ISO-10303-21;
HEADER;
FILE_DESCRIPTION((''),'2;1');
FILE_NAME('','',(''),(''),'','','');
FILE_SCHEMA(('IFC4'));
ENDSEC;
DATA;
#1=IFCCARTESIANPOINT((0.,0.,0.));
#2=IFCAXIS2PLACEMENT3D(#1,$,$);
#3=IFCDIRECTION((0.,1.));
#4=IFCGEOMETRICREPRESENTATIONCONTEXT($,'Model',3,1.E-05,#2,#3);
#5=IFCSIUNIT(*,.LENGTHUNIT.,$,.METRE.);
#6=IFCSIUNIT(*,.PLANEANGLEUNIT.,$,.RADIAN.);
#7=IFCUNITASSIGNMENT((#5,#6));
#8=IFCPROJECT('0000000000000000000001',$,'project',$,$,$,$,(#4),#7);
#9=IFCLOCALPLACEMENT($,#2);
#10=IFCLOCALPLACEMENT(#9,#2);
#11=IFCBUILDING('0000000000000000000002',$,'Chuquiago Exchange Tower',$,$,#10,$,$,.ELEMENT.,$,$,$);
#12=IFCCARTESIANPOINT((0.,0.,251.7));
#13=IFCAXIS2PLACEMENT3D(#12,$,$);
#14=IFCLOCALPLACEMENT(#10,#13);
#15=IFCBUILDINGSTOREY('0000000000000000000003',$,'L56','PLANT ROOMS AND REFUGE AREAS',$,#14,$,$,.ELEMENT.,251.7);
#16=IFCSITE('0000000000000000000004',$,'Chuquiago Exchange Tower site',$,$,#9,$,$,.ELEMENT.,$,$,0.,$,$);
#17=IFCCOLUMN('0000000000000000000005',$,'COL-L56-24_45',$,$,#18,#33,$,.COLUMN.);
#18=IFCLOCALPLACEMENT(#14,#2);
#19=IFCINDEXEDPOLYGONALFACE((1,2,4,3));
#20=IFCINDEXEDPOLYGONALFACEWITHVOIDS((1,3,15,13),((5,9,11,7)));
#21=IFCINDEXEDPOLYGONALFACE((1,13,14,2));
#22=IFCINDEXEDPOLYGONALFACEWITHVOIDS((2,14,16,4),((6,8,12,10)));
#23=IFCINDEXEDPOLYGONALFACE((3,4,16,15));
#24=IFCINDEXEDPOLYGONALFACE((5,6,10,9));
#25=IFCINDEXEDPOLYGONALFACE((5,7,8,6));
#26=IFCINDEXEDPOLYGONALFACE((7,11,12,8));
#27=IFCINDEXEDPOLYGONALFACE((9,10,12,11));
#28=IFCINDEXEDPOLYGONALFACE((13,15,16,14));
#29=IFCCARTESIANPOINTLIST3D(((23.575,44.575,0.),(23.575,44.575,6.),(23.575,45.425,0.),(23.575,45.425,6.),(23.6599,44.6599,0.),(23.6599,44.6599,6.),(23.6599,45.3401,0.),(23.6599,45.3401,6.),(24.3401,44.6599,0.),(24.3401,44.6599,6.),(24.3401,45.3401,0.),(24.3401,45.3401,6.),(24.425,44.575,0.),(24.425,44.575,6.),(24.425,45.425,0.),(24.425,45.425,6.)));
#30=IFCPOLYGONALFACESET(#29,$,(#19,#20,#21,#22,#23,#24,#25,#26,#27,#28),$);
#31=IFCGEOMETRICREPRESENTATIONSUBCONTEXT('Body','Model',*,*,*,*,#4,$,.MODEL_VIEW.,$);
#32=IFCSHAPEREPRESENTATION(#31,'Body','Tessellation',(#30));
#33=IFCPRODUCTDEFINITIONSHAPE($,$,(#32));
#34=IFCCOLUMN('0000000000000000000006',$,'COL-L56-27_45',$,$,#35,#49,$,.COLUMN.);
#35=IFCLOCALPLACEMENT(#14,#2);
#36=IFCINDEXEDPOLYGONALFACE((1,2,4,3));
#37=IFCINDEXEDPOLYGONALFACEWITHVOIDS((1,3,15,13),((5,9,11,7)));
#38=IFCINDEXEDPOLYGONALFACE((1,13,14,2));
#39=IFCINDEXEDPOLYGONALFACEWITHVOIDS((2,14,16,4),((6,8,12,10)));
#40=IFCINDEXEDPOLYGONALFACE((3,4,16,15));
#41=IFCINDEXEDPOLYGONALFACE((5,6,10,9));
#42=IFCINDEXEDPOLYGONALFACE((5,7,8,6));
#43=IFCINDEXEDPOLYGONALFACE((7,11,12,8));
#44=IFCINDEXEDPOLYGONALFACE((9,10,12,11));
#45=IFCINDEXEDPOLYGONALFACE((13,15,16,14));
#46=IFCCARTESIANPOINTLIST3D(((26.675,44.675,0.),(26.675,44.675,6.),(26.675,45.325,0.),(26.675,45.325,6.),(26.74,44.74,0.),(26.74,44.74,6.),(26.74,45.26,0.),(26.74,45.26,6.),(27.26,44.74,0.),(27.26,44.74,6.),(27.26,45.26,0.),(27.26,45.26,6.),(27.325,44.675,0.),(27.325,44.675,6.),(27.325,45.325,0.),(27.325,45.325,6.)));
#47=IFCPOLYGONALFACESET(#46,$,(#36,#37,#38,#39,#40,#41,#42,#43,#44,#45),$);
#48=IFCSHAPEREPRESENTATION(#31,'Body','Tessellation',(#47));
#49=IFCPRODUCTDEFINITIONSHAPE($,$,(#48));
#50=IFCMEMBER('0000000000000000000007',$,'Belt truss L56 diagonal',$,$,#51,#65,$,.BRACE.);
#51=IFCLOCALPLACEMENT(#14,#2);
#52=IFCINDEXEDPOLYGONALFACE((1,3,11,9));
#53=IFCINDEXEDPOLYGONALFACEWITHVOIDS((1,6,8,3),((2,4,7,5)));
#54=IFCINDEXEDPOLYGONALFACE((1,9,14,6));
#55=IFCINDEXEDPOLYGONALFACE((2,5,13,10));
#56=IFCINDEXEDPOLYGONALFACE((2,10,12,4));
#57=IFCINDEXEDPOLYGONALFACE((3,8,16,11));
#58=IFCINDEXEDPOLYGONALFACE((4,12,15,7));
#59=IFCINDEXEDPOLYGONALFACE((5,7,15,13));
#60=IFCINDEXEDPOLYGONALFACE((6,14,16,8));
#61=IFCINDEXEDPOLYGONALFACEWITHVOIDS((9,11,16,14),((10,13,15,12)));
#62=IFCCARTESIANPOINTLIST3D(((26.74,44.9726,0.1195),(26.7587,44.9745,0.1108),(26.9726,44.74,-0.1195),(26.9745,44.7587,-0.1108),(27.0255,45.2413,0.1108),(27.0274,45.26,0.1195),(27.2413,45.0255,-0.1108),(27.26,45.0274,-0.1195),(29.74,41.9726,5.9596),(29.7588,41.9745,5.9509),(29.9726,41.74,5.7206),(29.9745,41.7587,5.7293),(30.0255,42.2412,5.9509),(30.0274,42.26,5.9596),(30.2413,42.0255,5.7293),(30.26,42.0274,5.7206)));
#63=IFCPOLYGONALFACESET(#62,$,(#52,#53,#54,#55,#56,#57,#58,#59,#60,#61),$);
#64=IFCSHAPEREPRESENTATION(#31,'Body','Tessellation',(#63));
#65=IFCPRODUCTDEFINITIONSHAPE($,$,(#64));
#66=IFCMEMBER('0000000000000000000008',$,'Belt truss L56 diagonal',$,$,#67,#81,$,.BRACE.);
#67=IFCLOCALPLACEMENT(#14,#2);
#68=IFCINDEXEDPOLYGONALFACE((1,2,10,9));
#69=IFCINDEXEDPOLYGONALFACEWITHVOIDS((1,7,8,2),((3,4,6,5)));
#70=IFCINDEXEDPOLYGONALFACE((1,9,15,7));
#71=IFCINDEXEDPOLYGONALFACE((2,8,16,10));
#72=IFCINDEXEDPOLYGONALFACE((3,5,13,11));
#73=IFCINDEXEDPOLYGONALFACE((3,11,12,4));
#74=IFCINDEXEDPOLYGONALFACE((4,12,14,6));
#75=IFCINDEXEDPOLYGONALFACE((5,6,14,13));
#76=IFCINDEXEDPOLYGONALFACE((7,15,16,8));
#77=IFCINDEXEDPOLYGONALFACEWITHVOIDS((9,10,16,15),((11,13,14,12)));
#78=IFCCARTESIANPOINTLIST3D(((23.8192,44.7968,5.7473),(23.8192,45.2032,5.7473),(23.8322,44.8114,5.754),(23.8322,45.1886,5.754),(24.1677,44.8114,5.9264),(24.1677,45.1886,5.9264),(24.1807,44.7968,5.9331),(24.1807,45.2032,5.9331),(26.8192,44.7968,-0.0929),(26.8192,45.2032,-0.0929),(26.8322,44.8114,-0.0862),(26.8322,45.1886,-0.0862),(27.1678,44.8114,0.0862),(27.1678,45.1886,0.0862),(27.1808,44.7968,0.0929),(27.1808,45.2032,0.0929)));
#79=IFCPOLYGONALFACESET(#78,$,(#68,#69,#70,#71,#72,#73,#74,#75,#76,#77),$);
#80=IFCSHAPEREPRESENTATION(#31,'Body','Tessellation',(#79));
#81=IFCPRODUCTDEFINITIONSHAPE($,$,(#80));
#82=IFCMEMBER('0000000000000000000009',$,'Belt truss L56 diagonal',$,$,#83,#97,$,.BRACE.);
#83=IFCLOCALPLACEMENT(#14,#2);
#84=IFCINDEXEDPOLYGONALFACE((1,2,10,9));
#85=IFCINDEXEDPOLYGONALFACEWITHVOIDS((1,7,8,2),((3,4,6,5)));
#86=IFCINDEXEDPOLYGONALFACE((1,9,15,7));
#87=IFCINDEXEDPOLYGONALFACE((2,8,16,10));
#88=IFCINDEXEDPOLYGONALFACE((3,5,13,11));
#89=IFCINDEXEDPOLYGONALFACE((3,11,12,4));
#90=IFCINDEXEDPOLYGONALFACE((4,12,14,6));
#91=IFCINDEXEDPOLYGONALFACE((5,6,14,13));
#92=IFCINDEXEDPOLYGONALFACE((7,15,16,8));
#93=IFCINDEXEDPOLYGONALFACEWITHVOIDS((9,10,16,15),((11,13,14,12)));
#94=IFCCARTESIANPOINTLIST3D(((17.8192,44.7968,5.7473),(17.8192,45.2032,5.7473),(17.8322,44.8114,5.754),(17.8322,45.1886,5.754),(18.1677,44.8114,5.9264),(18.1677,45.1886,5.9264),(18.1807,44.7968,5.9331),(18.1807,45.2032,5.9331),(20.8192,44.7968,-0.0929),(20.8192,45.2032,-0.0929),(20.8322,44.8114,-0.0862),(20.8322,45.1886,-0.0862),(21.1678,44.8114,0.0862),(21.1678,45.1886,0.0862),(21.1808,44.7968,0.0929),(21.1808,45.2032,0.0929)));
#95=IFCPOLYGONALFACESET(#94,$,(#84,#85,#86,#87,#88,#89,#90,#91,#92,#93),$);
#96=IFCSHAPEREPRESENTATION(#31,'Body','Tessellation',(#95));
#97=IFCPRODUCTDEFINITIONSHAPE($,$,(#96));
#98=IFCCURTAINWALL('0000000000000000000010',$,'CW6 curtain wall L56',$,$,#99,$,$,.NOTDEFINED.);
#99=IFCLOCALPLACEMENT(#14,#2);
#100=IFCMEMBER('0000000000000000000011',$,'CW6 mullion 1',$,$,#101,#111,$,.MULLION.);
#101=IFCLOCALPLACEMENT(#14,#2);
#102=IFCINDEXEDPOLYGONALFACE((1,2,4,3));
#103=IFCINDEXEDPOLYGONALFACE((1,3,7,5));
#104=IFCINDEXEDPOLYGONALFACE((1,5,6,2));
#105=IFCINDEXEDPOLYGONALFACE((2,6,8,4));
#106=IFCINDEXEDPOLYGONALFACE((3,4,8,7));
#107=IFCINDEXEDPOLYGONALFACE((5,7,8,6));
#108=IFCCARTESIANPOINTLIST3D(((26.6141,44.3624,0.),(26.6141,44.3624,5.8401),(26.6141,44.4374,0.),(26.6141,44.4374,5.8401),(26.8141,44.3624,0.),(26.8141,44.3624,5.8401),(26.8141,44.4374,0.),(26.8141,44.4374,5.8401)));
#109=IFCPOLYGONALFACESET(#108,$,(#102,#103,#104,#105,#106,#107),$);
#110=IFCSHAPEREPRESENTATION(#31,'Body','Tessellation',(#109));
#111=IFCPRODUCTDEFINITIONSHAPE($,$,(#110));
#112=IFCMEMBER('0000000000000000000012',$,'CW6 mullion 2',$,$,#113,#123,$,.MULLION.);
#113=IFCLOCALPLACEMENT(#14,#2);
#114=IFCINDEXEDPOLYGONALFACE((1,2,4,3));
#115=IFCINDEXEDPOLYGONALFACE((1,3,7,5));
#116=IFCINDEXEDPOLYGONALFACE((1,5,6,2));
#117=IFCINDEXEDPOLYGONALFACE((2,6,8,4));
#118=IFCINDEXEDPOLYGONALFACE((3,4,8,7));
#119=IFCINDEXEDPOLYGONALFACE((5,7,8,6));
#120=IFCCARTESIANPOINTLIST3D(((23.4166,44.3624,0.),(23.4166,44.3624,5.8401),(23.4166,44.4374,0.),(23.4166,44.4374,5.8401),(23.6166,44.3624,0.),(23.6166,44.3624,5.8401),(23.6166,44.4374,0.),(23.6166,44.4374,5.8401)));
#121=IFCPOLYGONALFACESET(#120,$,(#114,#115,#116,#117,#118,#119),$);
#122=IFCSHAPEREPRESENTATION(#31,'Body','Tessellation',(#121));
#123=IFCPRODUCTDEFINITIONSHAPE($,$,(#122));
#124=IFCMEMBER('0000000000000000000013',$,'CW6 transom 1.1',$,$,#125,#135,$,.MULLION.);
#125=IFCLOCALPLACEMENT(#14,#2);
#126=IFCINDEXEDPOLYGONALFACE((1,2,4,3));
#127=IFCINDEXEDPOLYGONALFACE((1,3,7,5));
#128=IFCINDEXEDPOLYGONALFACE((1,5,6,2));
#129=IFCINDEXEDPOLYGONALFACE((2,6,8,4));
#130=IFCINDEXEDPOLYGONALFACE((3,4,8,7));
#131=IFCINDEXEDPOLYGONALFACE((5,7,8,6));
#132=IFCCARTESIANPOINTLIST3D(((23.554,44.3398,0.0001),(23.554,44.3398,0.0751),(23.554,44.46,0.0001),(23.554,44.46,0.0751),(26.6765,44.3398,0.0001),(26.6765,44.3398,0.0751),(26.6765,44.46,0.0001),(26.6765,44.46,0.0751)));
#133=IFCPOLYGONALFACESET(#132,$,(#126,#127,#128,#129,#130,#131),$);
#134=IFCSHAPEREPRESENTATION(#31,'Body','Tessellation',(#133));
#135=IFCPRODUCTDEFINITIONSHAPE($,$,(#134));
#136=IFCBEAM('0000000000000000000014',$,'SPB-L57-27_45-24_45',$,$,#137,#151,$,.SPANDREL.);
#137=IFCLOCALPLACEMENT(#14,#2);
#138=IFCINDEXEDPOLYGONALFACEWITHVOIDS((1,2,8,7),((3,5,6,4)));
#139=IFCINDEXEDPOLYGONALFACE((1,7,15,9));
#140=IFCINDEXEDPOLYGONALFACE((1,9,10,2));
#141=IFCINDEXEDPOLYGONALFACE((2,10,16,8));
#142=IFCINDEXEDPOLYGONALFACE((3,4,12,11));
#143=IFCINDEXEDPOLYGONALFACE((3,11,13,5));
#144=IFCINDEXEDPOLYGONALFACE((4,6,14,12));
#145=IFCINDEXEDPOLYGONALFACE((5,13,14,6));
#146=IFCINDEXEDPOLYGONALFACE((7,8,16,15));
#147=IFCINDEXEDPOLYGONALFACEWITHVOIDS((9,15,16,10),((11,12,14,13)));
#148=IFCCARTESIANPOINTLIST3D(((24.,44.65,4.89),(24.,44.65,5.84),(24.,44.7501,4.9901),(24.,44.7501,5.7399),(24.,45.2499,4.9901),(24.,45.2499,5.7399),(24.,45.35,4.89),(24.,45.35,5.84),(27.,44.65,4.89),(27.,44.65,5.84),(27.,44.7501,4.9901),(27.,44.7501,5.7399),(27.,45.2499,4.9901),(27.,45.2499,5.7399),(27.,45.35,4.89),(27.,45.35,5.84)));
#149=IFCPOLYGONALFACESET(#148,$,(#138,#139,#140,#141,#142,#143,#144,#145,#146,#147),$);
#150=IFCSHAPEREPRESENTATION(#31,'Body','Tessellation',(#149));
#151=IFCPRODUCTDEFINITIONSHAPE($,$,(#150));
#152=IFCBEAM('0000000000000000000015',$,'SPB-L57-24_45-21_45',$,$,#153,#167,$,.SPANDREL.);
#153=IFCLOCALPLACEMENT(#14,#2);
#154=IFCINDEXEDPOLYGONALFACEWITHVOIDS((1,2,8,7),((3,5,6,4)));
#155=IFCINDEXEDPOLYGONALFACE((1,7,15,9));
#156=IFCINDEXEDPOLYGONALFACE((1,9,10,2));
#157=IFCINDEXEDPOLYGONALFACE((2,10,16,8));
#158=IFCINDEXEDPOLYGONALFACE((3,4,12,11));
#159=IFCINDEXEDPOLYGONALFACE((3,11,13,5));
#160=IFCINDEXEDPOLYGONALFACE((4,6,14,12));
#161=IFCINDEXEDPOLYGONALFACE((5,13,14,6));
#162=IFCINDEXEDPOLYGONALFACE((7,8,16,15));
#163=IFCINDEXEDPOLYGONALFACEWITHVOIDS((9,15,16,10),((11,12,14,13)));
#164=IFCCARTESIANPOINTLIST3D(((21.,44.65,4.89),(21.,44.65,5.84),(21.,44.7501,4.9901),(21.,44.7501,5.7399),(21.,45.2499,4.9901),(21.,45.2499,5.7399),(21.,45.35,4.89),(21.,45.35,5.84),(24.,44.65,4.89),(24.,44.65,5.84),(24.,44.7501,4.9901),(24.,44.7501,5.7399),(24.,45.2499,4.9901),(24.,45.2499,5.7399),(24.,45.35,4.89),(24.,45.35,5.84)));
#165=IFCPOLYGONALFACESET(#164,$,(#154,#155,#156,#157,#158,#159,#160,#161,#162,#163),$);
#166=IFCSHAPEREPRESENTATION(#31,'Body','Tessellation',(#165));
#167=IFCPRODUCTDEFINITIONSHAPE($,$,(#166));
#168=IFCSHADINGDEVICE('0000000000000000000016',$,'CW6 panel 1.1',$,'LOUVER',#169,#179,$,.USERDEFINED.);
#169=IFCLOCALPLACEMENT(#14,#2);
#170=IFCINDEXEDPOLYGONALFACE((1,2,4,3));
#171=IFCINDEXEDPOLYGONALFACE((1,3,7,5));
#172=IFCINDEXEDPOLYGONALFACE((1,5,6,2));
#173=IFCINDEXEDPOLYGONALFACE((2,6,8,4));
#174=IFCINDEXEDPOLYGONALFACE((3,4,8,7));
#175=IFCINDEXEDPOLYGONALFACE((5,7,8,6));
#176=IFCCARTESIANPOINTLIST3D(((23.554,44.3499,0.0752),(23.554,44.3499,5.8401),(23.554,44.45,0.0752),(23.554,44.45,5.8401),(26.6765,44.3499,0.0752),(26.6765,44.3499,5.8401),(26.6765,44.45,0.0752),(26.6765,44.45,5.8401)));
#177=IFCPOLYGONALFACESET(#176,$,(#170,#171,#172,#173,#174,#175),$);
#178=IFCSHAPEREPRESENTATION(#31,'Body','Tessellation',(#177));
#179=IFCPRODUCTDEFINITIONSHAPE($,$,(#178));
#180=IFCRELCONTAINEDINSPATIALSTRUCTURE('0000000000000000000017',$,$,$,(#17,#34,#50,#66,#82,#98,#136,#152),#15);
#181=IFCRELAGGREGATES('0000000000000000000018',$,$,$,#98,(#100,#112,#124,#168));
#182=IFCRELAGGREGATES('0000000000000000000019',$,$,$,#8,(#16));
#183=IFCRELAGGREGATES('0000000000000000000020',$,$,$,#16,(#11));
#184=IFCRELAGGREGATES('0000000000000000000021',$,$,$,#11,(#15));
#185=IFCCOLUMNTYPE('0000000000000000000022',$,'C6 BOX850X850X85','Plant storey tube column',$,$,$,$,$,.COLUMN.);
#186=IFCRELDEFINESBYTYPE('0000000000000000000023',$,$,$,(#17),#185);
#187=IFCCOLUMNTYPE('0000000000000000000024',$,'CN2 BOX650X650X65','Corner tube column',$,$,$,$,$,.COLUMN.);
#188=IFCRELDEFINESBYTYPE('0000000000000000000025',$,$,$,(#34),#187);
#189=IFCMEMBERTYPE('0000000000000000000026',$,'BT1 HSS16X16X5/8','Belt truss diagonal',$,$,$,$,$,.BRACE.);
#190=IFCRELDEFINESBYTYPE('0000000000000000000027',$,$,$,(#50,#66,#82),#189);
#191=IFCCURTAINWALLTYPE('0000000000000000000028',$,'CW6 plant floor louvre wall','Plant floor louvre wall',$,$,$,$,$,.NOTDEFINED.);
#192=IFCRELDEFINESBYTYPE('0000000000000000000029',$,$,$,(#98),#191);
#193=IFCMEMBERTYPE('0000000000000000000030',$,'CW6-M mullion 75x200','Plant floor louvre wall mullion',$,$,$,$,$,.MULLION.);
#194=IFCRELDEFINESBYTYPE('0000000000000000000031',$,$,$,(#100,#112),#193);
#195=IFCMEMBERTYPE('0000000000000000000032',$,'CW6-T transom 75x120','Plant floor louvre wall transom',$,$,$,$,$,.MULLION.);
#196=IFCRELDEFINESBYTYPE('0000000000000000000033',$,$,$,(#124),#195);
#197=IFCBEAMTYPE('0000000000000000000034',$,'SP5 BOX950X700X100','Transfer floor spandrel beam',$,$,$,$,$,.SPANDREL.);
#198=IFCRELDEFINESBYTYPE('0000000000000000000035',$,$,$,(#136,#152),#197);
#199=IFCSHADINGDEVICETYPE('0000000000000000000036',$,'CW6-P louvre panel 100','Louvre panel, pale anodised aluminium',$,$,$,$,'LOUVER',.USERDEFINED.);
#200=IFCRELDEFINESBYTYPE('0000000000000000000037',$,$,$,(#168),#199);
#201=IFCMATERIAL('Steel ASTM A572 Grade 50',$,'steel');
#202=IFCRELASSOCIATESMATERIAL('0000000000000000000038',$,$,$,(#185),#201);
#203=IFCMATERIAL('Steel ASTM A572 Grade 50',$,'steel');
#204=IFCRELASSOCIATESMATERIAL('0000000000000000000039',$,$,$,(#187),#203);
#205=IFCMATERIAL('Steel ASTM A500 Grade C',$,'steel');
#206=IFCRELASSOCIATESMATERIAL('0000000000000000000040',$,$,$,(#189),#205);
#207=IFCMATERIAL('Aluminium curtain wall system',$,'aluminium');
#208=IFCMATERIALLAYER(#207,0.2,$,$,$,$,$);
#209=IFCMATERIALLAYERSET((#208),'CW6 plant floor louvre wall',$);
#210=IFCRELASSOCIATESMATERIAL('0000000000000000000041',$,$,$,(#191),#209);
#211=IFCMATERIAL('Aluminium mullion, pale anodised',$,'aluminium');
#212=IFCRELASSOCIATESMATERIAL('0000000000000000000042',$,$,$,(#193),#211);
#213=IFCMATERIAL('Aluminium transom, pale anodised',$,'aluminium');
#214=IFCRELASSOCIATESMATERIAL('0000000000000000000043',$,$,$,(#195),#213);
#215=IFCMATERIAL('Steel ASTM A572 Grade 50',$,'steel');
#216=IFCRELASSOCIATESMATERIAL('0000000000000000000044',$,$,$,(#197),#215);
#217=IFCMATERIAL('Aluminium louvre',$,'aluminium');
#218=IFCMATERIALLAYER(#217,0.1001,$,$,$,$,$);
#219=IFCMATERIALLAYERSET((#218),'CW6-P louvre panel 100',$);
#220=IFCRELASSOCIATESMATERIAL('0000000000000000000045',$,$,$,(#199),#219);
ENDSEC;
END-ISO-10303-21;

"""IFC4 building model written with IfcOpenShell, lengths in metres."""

from ifc_helpers import new_model, si_unit, direction, frame, origin, origin_2d, place, context, subcontext, project, spatial, rectangle, hollow_rectangle, extrude, material, layer, layer_set, material_profile, profile_set, type_object, element, aggregate, save


model = new_model("IFC4")

# Units and contexts
model_context = context("Model", 3, precision=1e-05, world=origin(), true_north=direction((0.0, 1.0)))
body_context = subcontext(model_context, "Body", "Model", "MODEL_VIEW")
ifc_project = project(units=[si_unit("LENGTHUNIT", "METRE"), si_unit("PLANEANGLEUNIT", "RADIAN")], contexts=[model_context])

# Site, building, storey
site_placement = place(None, origin())
site = spatial("IfcSite", under=ifc_project, at=site_placement, Name="Chuquiago Exchange Tower site", CompositionType="ELEMENT", RefElevation=0.0)
building_placement = place(site_placement, origin())
building = spatial("IfcBuilding", under=site, at=building_placement, Name="Chuquiago Exchange Tower", CompositionType="ELEMENT")
storey_placement = place(building_placement, frame((0.0, 0.0, 251.7)))
storey = spatial("IfcBuildingStorey", under=building, at=storey_placement, Name="L56", Description="PLANT ROOMS AND REFUGE AREAS", CompositionType="ELEMENT", Elevation=251.7)

# Columns
ifc_material_1 = material(Name="Steel ASTM A572 Grade 50", Category="steel")
ifc_material_profile_1 = material_profile(ifc_material_1, hollow_rectangle(XDim=0.8501, YDim=0.8501, WallThickness=0.085, at=origin_2d()), Name="BOX850X850X85")
ifc_profile_set_1 = profile_set([ifc_material_profile_1], Name="Steel ASTM A572 Grade 50")
column_type_1 = type_object("IfcColumnType", Name="C6 BOX850X850X85", Description="Plant storey tube column", PredefinedType="COLUMN", material=ifc_profile_set_1)
column_1_placement = place(storey_placement, frame((24.0, 45.0, 0.0), z_axis=(0.0, 0.0, 1.0), x_axis=(0.0, 1.0, 0.0)))
element("IfcColumn", 1, at=column_1_placement, inside=storey, type_object=column_type_1, Name="COL-L56-24_45", PredefinedType="COLUMN", context=body_context, shape_type="SweptSolid", body=[
    extrude(hollow_rectangle(XDim=0.8501, YDim=0.8501, WallThickness=0.085, at=origin_2d()), origin(), (0.0, 0.0, 1.0), 6.0),
])
ifc_material_2 = material(Name="Steel ASTM A572 Grade 50", Category="steel")
ifc_material_profile_2 = material_profile(ifc_material_2, hollow_rectangle(XDim=0.6499, YDim=0.6499, WallThickness=0.0649, at=origin_2d()), Name="BOX650X650X65")
ifc_profile_set_2 = profile_set([ifc_material_profile_2], Name="Steel ASTM A572 Grade 50")
column_type_2 = type_object("IfcColumnType", Name="CN2 BOX650X650X65", Description="Corner tube column", PredefinedType="COLUMN", material=ifc_profile_set_2)
column_2_placement = place(storey_placement, frame((27.0, 45.0, 0.0), z_axis=(0.0, 0.0, 1.0), x_axis=(0.0, 1.0, 0.0)))
element("IfcColumn", 2, at=column_2_placement, inside=storey, type_object=column_type_2, Name="COL-L56-27_45", PredefinedType="COLUMN", context=body_context, shape_type="SweptSolid", body=[
    extrude(hollow_rectangle(XDim=0.6499, YDim=0.6499, WallThickness=0.0649, at=origin_2d()), origin(), (0.0, 0.0, 1.0), 6.0),
])

# Members
ifc_material_3 = material(Name="Steel ASTM A500 Grade C", Category="steel")
ifc_material_profile_3 = material_profile(ifc_material_3, hollow_rectangle(XDim=0.4065, YDim=0.4065, WallThickness=0.0146, at=origin_2d()), Name="HSS16X16X5/8")
ifc_profile_set_3 = profile_set([ifc_material_profile_3], Name="Steel ASTM A500 Grade C")
member_type_1 = type_object("IfcMemberType", Name="BT1 HSS16X16X5/8", Description="Belt truss diagonal", PredefinedType="BRACE", material=ifc_profile_set_3)
member_1_placement = place(storey_placement, frame((27.0, 45.0, 0.0), z_axis=(0.415599, -0.415599, 0.809045), x_axis=(0.707107, 0.707107, 0.0)))
element("IfcMember", 3, at=member_1_placement, inside=storey, type_object=member_type_1, Name="Belt truss L56 diagonal", PredefinedType="BRACE", context=body_context, shape_type="SweptSolid", body=[
    extrude(hollow_rectangle(XDim=0.4065, YDim=0.4065, WallThickness=0.0146, at=origin_2d()), origin(), (0.0, 0.0, 1.0), 7.2185),
])
for number, where, z_axis, x_axis, name in (
    (4, (27.0, 45.0, 0.0), (-0.45693, 0.0, 0.889503), (0.0, -1.0, 0.0), "Belt truss L56 diagonal"),
    (5, (21.0, 45.0, 0.0), (-0.45693, 0.0, 0.889503), (0.0, -1.0, 0.0), "Belt truss L56 diagonal"),
):
    element("IfcMember", number, at=place(storey_placement, frame(where, z_axis=z_axis, x_axis=x_axis)), inside=storey, type_object=member_type_1, Name=name, PredefinedType="BRACE", context=body_context, shape_type="SweptSolid", body=[
        extrude(hollow_rectangle(XDim=0.4065, YDim=0.4065, WallThickness=0.0146, at=origin_2d()), origin(), (0.0, 0.0, 1.0), 6.5657),
    ])

# Curtain wall, members
ifc_material_4 = material(Name="Aluminium curtain wall system", Category="aluminium")
ifc_layer_1 = layer(ifc_material_4, 0.2)
ifc_layer_set_1 = layer_set([ifc_layer_1], Name="CW6 plant floor louvre wall")
curtain_wall_type = type_object("IfcCurtainWallType", Name="CW6 plant floor louvre wall", Description="Plant floor louvre wall", PredefinedType="NOTDEFINED", material=ifc_layer_set_1)
curtain_wall_placement = place(storey_placement, origin())
curtain_wall = element("IfcCurtainWall", 6, at=curtain_wall_placement, inside=storey, type_object=curtain_wall_type, Name="CW6 curtain wall L56", PredefinedType="NOTDEFINED")
ifc_material_5 = material(Name="Aluminium mullion, pale anodised", Category="aluminium")
ifc_material_profile_4 = material_profile(ifc_material_5, rectangle(XDim=0.075, YDim=0.2, at=origin_2d()), Name="AL 75x200")
ifc_profile_set_4 = profile_set([ifc_material_profile_4], Name="Aluminium mullion, pale anodised")
member_type_2 = type_object("IfcMemberType", Name="CW6-M mullion 75x200", Description="Plant floor louvre wall mullion", PredefinedType="MULLION", material=ifc_profile_set_4)
member_2_placement = place(storey_placement, frame((26.7141, 44.3999, 0.0), z_axis=(0.0, 0.0, 1.0), x_axis=(0.0, -1.0, 0.0)))
member_2 = element("IfcMember", 7, at=member_2_placement, type_object=member_type_2, Name="CW6 mullion 1", PredefinedType="MULLION", context=body_context, shape_type="SweptSolid", body=[
    extrude(rectangle(XDim=0.075, YDim=0.2, at=origin_2d()), origin(), (0.0, 0.0, 1.0), 5.8401),
])
member_3_placement = place(storey_placement, frame((23.5166, 44.3999, 0.0), z_axis=(0.0, 0.0, 1.0), x_axis=(0.0, -1.0, 0.0)))
member_3 = element("IfcMember", 8, at=member_3_placement, type_object=member_type_2, Name="CW6 mullion 2", PredefinedType="MULLION", context=body_context, shape_type="SweptSolid", body=[
    extrude(rectangle(XDim=0.075, YDim=0.2, at=origin_2d()), origin(), (0.0, 0.0, 1.0), 5.8401),
])
ifc_material_6 = material(Name="Aluminium transom, pale anodised", Category="aluminium")
ifc_material_profile_5 = material_profile(ifc_material_6, rectangle(XDim=0.1201, YDim=0.075, at=origin_2d()), Name="AL 120x75")
ifc_profile_set_5 = profile_set([ifc_material_profile_5], Name="Aluminium transom, pale anodised")
member_type_3 = type_object("IfcMemberType", Name="CW6-T transom 75x120", Description="Plant floor louvre wall transom", PredefinedType="MULLION", material=ifc_profile_set_5)
member_4_placement = place(storey_placement, frame((26.6765, 44.3999, 0.0376), z_axis=(-1.0, 0.0, 0.0), x_axis=(0.0, -1.0, 0.0)))
member_4 = element("IfcMember", 9, at=member_4_placement, type_object=member_type_3, Name="CW6 transom 1.1", PredefinedType="MULLION", context=body_context, shape_type="SweptSolid", body=[
    extrude(rectangle(XDim=0.1201, YDim=0.075, at=origin_2d()), origin(), (0.0, 0.0, 1.0), 3.1226),
])

# Beams
ifc_material_7 = material(Name="Steel ASTM A572 Grade 50", Category="steel")
ifc_material_profile_6 = material_profile(ifc_material_7, hollow_rectangle(XDim=0.7, YDim=0.95, WallThickness=0.1001, at=origin_2d()), Name="BOX950X700X100")
ifc_profile_set_6 = profile_set([ifc_material_profile_6], Name="Steel ASTM A572 Grade 50")
beam_type = type_object("IfcBeamType", Name="SP5 BOX950X700X100", Description="Transfer floor spandrel beam", PredefinedType="SPANDREL", material=ifc_profile_set_6)
for number, where, z_axis, x_axis, name in (
    (10, (27.0, 45.0, 5.365), (-1.0, 0.0, 0.0), (0.0, -1.0, 0.0), "SPB-L57-27_45-24_45"),
    (11, (24.0, 45.0, 5.365), (-1.0, 0.0, 0.0), (0.0, -1.0, 0.0), "SPB-L57-24_45-21_45"),
):
    element("IfcBeam", number, at=place(storey_placement, frame(where, z_axis=z_axis, x_axis=x_axis)), inside=storey, type_object=beam_type, Name=name, PredefinedType="SPANDREL", context=body_context, shape_type="SweptSolid", body=[
        extrude(hollow_rectangle(XDim=0.7, YDim=0.95, WallThickness=0.1001, at=origin_2d()), origin(), (0.0, 0.0, 1.0), 3.0),
    ])

# Shading device
ifc_material_8 = material(Name="Aluminium louvre", Category="aluminium")
ifc_layer_2 = layer(ifc_material_8, 0.1001)
ifc_layer_set_2 = layer_set([ifc_layer_2], Name="CW6-P louvre panel 100")
shading_device_type = type_object("IfcShadingDeviceType", Name="CW6-P louvre panel 100", Description="Louvre panel, pale anodised aluminium", ElementType="LOUVER", PredefinedType="USERDEFINED", material=ifc_layer_set_2)
shading_device_placement = place(storey_placement, frame((25.1152, 44.3999, 0.0752), z_axis=(0.0, 0.0, 1.0), x_axis=(-1.0, 0.0, 0.0)))
shading_device = element("IfcShadingDevice", 12, at=shading_device_placement, type_object=shading_device_type, Name="CW6 panel 1.1", ObjectType="LOUVER", PredefinedType="USERDEFINED", context=body_context, shape_type="SweptSolid", body=[
    extrude(rectangle(XDim=3.1226, YDim=0.1001, at=origin_2d()), origin(), (0.0, 0.0, 1.0), 5.7649),
])
aggregate(curtain_wall, [member_2, member_3, member_4, shading_device])

save(model, "model.ifc")
